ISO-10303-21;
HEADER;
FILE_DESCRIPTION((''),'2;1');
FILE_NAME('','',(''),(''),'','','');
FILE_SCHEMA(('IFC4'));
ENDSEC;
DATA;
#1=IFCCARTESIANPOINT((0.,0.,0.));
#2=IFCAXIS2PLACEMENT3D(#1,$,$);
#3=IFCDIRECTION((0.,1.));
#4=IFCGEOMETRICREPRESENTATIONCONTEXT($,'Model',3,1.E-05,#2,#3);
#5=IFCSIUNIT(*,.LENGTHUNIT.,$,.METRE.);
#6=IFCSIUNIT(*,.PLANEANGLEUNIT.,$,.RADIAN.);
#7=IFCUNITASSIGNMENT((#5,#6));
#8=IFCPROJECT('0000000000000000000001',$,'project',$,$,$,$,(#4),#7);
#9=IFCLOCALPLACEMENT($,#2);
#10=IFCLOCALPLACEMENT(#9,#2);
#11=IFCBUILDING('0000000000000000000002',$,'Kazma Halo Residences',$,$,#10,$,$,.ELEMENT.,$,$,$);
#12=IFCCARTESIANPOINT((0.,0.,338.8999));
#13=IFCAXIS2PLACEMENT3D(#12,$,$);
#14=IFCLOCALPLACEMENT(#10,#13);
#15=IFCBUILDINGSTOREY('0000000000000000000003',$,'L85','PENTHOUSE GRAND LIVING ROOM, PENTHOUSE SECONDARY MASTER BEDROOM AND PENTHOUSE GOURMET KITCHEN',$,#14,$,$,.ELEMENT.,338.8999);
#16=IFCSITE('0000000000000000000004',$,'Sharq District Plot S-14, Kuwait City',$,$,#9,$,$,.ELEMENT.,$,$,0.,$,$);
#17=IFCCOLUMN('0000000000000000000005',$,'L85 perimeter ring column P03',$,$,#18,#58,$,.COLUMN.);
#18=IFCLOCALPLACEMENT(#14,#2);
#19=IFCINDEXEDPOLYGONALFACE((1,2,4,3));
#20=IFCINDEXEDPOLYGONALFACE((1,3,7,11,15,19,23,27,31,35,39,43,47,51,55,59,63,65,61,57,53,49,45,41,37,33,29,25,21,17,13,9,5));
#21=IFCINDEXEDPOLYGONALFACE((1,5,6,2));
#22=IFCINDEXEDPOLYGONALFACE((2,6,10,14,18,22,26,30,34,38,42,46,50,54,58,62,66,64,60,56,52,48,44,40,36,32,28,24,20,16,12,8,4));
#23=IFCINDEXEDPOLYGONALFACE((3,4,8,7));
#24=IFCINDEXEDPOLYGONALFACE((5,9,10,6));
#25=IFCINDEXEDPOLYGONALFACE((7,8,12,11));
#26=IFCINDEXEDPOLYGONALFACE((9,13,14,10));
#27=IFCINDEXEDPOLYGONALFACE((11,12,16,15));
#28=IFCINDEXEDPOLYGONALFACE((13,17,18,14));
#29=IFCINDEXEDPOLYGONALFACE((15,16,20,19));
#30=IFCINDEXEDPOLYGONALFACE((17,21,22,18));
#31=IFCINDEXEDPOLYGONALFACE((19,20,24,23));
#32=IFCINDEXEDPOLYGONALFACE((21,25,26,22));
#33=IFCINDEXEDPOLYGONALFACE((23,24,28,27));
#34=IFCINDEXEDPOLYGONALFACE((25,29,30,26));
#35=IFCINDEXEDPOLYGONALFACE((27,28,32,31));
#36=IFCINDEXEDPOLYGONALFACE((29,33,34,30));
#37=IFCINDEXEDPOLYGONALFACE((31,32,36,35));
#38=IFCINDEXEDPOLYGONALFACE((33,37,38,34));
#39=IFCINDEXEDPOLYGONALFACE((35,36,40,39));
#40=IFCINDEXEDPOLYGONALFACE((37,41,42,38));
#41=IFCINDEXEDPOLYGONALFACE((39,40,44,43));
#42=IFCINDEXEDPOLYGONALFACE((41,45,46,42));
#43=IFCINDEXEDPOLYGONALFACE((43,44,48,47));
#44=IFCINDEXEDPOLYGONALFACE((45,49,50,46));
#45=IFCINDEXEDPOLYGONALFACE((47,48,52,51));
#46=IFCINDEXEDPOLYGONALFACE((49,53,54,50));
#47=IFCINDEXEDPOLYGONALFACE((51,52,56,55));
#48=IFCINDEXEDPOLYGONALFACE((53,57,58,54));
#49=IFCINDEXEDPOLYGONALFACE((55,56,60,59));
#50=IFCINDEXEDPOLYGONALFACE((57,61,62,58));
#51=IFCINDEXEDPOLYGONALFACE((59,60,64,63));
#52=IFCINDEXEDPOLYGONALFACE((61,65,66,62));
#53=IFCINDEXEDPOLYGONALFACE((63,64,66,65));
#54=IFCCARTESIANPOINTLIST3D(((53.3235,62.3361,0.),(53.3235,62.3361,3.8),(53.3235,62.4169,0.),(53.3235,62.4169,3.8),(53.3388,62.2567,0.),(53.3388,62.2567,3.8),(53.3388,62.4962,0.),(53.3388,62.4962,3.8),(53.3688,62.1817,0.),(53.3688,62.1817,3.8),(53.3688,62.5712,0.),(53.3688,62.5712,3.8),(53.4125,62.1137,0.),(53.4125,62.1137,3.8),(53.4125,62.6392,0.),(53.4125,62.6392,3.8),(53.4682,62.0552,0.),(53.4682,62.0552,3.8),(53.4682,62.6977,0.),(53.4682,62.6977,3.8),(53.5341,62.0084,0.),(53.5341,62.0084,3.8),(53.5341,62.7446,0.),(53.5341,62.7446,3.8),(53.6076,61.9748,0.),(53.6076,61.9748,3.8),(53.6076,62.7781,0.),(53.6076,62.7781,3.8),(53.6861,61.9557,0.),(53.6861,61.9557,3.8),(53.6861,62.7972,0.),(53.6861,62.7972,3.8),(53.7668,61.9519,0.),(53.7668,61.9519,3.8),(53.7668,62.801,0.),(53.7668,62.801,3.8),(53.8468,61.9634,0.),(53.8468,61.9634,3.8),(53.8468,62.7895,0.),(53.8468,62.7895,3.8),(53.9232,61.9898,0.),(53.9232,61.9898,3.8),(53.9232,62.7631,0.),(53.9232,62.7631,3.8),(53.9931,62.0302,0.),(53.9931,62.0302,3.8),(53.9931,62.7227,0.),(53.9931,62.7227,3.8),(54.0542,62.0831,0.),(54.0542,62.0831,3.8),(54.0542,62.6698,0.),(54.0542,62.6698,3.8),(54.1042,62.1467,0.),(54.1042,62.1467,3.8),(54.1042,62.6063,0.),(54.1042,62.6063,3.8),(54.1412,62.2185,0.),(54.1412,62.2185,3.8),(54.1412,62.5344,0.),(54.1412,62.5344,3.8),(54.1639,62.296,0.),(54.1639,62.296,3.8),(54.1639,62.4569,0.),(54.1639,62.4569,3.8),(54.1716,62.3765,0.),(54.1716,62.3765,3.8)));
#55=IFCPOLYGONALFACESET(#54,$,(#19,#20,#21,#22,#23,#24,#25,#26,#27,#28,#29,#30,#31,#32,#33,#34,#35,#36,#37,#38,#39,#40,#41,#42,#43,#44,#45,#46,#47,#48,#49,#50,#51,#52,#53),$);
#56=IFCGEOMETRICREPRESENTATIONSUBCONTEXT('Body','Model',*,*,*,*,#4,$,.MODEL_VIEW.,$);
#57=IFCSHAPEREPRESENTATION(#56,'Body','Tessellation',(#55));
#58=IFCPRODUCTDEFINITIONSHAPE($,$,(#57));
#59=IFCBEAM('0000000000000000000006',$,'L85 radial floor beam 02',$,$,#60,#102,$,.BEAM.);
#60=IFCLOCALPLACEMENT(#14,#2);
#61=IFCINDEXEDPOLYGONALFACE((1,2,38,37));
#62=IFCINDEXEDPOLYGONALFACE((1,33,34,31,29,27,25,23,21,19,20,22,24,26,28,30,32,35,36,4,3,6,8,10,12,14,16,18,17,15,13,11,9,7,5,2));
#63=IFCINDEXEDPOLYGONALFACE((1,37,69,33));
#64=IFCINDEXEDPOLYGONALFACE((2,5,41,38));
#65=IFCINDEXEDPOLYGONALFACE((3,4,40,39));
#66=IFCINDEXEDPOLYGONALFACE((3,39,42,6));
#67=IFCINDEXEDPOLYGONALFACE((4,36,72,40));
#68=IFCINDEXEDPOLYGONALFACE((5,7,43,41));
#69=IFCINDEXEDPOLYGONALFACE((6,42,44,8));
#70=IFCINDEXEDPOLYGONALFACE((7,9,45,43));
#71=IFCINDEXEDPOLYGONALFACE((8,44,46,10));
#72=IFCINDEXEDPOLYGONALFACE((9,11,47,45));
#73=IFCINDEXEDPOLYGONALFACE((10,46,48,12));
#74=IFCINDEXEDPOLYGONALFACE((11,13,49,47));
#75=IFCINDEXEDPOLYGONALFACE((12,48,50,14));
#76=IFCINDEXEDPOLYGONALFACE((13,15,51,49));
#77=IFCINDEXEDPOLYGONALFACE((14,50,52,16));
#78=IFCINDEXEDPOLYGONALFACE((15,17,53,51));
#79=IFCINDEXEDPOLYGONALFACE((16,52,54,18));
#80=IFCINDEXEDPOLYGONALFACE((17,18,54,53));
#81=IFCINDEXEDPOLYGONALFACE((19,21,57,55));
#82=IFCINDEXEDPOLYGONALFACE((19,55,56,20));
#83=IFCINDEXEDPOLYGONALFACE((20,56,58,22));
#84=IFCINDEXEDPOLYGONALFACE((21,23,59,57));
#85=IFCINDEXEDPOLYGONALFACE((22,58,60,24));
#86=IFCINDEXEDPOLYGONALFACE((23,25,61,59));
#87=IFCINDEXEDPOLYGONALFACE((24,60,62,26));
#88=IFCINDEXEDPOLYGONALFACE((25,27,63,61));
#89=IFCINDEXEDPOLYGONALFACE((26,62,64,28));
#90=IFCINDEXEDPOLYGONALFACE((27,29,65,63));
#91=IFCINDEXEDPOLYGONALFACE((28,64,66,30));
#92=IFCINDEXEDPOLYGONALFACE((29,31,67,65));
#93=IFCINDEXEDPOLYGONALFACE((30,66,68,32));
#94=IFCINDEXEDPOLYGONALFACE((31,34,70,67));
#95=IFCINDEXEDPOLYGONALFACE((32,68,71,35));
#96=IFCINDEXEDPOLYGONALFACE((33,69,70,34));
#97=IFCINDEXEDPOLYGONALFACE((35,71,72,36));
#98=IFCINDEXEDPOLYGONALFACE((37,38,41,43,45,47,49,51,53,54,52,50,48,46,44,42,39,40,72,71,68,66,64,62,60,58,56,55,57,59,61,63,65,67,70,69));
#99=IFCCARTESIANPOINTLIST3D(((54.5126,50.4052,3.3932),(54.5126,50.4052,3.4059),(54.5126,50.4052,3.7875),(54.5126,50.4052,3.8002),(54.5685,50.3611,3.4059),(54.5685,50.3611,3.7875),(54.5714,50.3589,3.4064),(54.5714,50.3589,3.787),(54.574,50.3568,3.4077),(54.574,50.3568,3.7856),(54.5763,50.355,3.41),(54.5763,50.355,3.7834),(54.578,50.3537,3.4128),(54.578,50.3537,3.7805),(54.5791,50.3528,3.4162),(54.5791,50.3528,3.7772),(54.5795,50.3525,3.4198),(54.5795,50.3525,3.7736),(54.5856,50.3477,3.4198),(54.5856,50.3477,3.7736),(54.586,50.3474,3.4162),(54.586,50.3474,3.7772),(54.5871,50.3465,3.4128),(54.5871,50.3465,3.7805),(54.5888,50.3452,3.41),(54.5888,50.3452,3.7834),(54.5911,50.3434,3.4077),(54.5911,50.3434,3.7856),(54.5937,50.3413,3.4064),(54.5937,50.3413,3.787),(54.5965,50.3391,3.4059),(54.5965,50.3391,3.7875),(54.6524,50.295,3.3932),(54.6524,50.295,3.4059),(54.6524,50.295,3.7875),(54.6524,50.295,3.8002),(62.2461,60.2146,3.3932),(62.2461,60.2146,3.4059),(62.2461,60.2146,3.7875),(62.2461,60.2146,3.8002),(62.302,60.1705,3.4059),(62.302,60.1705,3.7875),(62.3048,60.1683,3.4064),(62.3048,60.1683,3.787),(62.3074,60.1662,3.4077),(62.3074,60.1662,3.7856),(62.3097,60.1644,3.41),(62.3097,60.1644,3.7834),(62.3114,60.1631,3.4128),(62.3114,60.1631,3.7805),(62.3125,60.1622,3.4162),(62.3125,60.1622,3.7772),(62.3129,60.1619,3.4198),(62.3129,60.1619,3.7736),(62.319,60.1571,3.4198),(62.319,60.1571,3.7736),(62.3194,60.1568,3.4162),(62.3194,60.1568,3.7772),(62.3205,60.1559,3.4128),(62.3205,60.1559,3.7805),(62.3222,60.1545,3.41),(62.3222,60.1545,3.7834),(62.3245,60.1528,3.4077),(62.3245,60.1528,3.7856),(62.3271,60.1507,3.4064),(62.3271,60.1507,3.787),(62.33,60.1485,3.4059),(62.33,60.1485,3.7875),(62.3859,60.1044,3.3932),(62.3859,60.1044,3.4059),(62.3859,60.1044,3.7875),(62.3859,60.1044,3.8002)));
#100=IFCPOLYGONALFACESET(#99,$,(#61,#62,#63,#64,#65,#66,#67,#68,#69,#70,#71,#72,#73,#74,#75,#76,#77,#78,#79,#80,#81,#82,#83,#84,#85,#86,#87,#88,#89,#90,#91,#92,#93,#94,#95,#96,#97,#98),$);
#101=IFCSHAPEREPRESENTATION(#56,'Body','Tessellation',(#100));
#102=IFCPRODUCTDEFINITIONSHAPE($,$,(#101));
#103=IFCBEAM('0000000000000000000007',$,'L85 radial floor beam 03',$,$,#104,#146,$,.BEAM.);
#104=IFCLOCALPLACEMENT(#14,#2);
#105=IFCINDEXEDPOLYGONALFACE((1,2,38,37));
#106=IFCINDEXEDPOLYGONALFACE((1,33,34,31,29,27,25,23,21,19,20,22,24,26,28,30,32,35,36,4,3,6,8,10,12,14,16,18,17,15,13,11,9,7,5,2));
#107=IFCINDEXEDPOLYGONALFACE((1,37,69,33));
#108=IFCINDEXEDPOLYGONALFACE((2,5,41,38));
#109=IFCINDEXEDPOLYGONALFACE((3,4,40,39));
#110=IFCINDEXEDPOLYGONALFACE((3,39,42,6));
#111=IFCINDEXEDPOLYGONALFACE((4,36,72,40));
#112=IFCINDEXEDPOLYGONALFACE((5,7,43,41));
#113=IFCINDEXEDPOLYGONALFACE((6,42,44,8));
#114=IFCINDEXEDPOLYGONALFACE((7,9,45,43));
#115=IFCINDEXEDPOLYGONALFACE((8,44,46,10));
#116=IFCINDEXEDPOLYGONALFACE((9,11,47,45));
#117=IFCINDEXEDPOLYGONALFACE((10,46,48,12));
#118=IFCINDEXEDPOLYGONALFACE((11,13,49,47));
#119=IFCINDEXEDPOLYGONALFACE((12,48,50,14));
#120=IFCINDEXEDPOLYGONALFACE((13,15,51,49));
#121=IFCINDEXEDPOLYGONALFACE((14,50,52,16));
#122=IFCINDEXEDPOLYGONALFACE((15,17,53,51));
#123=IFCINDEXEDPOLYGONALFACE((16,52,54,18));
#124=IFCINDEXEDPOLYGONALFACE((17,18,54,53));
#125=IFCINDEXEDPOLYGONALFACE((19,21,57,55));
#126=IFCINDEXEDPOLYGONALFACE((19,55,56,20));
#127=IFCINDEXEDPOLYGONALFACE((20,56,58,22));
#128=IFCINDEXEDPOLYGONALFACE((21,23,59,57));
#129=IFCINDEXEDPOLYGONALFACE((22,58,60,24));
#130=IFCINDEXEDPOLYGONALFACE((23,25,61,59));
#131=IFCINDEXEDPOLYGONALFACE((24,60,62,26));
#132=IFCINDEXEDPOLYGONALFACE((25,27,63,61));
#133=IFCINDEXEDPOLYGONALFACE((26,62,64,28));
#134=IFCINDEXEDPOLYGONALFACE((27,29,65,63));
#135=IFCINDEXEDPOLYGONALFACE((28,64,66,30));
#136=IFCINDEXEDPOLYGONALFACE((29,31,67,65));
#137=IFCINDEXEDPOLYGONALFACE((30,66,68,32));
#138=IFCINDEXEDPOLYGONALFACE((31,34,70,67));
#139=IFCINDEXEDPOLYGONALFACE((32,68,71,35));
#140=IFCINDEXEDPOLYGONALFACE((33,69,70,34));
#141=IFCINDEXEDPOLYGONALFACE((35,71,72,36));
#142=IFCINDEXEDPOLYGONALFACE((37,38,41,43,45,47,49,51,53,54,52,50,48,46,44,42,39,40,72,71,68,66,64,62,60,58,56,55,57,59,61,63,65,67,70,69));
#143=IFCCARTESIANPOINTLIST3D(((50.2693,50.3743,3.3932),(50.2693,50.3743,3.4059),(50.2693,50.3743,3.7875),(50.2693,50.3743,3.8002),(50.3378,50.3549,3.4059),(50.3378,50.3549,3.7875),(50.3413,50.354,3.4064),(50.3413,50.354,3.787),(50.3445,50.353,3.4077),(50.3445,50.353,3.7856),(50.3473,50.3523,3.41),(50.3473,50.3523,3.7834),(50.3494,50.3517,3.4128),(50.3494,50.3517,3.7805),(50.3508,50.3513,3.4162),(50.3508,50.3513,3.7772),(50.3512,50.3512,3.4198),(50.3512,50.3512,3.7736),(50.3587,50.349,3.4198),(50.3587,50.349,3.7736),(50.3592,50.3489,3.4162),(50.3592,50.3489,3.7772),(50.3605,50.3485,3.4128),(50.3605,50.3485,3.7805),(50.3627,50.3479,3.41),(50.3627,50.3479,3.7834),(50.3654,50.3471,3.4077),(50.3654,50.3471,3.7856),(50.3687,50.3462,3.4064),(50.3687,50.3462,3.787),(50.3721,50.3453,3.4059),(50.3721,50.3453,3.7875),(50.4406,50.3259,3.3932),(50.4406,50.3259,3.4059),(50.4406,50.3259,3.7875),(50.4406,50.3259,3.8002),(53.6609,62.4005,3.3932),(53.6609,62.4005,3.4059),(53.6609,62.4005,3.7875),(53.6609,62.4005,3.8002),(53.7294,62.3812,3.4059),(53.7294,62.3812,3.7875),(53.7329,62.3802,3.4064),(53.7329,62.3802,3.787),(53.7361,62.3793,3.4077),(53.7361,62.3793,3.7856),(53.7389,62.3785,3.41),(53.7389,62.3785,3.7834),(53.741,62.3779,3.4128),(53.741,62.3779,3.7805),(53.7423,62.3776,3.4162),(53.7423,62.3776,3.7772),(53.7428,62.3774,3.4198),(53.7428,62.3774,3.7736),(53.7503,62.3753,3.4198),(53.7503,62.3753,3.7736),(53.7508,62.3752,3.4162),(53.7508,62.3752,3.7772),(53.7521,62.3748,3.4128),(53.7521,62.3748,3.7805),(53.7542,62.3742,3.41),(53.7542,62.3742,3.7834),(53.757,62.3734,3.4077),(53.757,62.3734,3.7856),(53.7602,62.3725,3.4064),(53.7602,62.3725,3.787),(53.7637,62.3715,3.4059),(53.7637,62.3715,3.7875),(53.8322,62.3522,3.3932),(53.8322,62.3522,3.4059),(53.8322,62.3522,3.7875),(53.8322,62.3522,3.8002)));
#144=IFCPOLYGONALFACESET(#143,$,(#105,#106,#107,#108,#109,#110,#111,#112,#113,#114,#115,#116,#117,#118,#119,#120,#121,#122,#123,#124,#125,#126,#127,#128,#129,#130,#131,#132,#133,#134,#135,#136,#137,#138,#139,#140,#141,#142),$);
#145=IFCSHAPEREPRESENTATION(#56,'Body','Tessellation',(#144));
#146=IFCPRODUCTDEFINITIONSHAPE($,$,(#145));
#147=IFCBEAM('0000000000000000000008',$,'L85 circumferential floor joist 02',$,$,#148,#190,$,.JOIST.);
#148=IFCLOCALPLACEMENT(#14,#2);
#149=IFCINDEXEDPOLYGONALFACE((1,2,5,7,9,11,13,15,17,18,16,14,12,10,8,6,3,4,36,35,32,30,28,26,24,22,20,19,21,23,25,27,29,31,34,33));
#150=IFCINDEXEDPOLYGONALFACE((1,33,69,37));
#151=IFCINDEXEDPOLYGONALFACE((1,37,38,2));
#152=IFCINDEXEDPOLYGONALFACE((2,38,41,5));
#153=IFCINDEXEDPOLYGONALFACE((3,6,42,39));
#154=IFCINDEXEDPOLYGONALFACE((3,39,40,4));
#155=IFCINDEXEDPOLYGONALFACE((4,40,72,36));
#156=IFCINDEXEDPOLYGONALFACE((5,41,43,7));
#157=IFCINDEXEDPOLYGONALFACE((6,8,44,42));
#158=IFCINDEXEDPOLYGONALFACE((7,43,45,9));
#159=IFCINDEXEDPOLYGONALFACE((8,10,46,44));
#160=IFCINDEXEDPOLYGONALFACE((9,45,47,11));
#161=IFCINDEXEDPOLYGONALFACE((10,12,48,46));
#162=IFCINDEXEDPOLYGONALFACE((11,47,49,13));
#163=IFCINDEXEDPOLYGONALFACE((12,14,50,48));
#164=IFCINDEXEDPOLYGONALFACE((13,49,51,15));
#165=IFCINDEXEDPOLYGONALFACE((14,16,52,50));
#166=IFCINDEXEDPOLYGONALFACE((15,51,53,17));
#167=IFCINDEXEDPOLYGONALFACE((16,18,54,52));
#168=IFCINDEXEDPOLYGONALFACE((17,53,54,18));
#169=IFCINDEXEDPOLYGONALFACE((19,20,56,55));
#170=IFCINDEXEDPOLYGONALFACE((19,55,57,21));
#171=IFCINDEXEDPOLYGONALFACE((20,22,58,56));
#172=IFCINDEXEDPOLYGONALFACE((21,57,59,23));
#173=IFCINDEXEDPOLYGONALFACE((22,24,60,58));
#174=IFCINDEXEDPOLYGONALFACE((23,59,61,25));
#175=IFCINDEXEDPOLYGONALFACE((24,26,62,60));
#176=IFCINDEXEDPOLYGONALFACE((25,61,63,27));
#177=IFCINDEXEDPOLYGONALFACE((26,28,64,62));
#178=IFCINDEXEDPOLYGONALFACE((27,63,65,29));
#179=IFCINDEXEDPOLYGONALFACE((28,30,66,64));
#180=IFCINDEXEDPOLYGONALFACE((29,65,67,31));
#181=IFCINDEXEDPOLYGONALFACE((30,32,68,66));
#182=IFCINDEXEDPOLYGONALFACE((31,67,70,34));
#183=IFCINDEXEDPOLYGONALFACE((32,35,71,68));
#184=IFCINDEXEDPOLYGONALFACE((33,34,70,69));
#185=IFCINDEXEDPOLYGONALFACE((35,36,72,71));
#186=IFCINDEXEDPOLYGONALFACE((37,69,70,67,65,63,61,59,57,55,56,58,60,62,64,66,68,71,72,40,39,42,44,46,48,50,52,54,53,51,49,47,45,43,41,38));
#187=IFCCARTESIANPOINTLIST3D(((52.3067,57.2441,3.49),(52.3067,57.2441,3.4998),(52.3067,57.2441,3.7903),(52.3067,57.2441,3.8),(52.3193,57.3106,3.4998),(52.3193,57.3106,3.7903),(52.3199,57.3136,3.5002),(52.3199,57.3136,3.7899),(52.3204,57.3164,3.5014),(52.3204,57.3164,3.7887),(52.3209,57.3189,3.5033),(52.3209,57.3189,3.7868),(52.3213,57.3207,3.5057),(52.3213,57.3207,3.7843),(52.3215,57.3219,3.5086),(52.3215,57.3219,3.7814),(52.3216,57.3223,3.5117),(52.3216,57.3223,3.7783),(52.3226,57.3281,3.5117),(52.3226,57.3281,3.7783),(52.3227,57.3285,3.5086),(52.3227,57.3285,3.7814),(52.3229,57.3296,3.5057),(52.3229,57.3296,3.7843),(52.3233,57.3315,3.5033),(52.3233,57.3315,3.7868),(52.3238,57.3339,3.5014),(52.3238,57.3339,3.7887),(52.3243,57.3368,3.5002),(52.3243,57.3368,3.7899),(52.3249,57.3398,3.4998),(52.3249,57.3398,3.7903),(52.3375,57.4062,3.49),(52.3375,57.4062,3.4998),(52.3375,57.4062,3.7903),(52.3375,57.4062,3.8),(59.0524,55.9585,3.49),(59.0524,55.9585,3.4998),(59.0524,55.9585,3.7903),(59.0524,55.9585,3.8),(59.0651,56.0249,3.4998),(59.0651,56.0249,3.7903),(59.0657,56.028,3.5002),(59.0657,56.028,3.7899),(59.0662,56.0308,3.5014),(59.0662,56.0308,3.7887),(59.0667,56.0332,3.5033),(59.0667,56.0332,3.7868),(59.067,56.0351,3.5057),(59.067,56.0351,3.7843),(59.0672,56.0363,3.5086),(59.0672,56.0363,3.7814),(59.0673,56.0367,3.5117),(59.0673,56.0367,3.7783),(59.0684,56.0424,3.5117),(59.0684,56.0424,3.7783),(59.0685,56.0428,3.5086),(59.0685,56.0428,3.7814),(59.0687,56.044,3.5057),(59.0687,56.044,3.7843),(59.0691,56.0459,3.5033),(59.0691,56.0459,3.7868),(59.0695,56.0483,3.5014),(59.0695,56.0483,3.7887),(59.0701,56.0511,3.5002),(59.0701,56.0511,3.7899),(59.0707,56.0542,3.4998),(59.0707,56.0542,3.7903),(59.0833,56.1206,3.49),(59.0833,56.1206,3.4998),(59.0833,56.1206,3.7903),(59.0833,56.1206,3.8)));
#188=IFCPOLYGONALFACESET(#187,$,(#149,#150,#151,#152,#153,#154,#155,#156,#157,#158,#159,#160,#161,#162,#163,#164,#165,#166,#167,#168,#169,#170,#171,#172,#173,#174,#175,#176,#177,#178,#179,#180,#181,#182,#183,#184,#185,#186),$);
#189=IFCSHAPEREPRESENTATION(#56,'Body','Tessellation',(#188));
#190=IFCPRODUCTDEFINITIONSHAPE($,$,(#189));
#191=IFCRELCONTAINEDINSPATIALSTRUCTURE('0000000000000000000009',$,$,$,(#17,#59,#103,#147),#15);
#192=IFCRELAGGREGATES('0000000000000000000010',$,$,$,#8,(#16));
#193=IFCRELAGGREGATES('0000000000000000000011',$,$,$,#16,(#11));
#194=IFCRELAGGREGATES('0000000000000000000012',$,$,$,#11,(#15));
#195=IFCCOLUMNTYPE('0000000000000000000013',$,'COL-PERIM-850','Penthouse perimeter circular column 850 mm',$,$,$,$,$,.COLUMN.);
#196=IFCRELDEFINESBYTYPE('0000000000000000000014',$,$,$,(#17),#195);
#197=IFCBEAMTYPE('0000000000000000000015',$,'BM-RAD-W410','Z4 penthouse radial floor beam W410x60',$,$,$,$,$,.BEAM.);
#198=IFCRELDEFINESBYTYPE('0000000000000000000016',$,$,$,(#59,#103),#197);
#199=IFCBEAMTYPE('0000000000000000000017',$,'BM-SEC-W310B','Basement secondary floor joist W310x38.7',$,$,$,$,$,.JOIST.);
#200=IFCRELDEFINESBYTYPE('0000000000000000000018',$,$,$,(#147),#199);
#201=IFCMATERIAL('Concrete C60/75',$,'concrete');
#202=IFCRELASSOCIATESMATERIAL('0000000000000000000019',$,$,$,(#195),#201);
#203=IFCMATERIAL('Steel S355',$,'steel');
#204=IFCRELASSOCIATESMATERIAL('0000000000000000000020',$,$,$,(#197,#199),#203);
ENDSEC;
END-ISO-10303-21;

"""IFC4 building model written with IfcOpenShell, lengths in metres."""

from ifc_helpers import new_model, si_unit, direction, frame, origin, origin_2d, place, context, subcontext, project, spatial, circle, i_section, extrude, material, material_profile, profile_set, type_object, element, save


model = new_model("IFC4")

# Units and contexts
model_context = context("Model", 3, precision=1e-05, world=origin(), true_north=direction((0.0, 1.0)))
body_context = subcontext(model_context, "Body", "Model", "MODEL_VIEW")
ifc_project = project(units=[si_unit("LENGTHUNIT", "METRE"), si_unit("PLANEANGLEUNIT", "RADIAN")], contexts=[model_context])

# Site, building, storey
site_placement = place(None, origin())
site = spatial("IfcSite", under=ifc_project, at=site_placement, Name="Sharq District Plot S-14, Kuwait City", CompositionType="ELEMENT", RefElevation=0.0)
building_placement = place(site_placement, origin())
building = spatial("IfcBuilding", under=site, at=building_placement, Name="Kazma Halo Residences", CompositionType="ELEMENT")
storey_placement = place(building_placement, frame((0.0, 0.0, 338.8999)))
storey = spatial("IfcBuildingStorey", under=building, at=storey_placement, Name="L85", Description="PENTHOUSE GRAND LIVING ROOM, PENTHOUSE SECONDARY MASTER BEDROOM AND PENTHOUSE GOURMET KITCHEN", CompositionType="ELEMENT", Elevation=338.8999)

# Column
ifc_material_1 = material(Name="Concrete C60/75", Category="concrete")
ifc_material_profile_1 = material_profile(ifc_material_1, circle(Radius=0.425, at=origin_2d()), Name="CIRC850")
ifc_profile_set_1 = profile_set([ifc_material_profile_1], Name="Concrete C60/75")
column_type = type_object("IfcColumnType", Name="COL-PERIM-850", Description="Penthouse perimeter circular column 850 mm", PredefinedType="COLUMN", material=ifc_profile_set_1)
column_placement = place(storey_placement, frame((53.7466, 62.3765, 0.0), z_axis=(0.0, 0.0, 1.0), x_axis=(1.0, 0.0, 0.0)))
element("IfcColumn", 1, at=column_placement, inside=storey, type_object=column_type, Name="L85 perimeter ring column P03", PredefinedType="COLUMN", context=body_context, shape_type="SweptSolid", body=[
    extrude(circle(Radius=0.425, at=origin_2d()), origin(), (0.0, 0.0, 1.0), 3.8),
])

# Beams
ifc_material_2 = material(Name="Steel S355", Category="steel")
ifc_material_profile_2 = material_profile(ifc_material_2, i_section(OverallWidth=0.178, OverallDepth=0.407, WebThickness=0.0078, FlangeThickness=0.0127, FilletRadius=0.0139, at=origin_2d()), Name="W410x60")
ifc_profile_set_2 = profile_set([ifc_material_profile_2], Name="Steel S355")
beam_type_1 = type_object("IfcBeamType", Name="BM-RAD-W410", Description="Z4 penthouse radial floor beam W410x60", PredefinedType="BEAM", material=ifc_profile_set_2)
beam_1_placement = place(storey_placement, frame((54.5825, 50.3501, 3.5967), z_axis=(0.619111, 0.785303, 0.0), x_axis=(-0.785303, 0.619111, 0.0)))
element("IfcBeam", 2, at=beam_1_placement, inside=storey, type_object=beam_type_1, Name="L85 radial floor beam 02", PredefinedType="BEAM", context=body_context, shape_type="SweptSolid", body=[
    extrude(i_section(OverallWidth=0.178, OverallDepth=0.407, WebThickness=0.0078, FlangeThickness=0.0127, FilletRadius=0.0139, at=origin_2d()), origin(), (0.0, 0.0, 1.0), 12.4912),
])
beam_2_placement = place(storey_placement, frame((50.355, 50.3501, 3.5967), z_axis=(0.271427, 0.962459, 0.0), x_axis=(-0.962459, 0.271427, 0.0)))
element("IfcBeam", 3, at=beam_2_placement, inside=storey, type_object=beam_type_1, Name="L85 radial floor beam 03", PredefinedType="BEAM", context=body_context, shape_type="SweptSolid", body=[
    extrude(i_section(OverallWidth=0.178, OverallDepth=0.407, WebThickness=0.0078, FlangeThickness=0.0127, FilletRadius=0.0139, at=origin_2d()), origin(), (0.0, 0.0, 1.0), 12.4954),
])
ifc_material_profile_3 = material_profile(ifc_material_2, i_section(OverallWidth=0.165, OverallDepth=0.3101, WebThickness=0.0059, FlangeThickness=0.0098, FilletRadius=0.012, at=origin_2d()), Name="W310x38.7")
ifc_profile_set_3 = profile_set([ifc_material_profile_3], Name="Steel S355")
beam_type_2 = type_object("IfcBeamType", Name="BM-SEC-W310B", Description="Basement secondary floor joist W310x38.7", PredefinedType="JOIST", material=ifc_profile_set_3)
beam_3_placement = place(storey_placement, frame((59.0679, 56.0396, 3.645), z_axis=(-0.982319, 0.187213, 0.0), x_axis=(-0.187213, -0.982319, 0.0)))
element("IfcBeam", 4, at=beam_3_placement, inside=storey, type_object=beam_type_2, Name="L85 circumferential floor joist 02", PredefinedType="JOIST", context=body_context, shape_type="SweptSolid", body=[
    extrude(i_section(OverallWidth=0.165, OverallDepth=0.3101, WebThickness=0.0059, FlangeThickness=0.0098, FilletRadius=0.012, at=origin_2d()), origin(), (0.0, 0.0, 1.0), 6.8672),
])

save(model, "model.ifc")
